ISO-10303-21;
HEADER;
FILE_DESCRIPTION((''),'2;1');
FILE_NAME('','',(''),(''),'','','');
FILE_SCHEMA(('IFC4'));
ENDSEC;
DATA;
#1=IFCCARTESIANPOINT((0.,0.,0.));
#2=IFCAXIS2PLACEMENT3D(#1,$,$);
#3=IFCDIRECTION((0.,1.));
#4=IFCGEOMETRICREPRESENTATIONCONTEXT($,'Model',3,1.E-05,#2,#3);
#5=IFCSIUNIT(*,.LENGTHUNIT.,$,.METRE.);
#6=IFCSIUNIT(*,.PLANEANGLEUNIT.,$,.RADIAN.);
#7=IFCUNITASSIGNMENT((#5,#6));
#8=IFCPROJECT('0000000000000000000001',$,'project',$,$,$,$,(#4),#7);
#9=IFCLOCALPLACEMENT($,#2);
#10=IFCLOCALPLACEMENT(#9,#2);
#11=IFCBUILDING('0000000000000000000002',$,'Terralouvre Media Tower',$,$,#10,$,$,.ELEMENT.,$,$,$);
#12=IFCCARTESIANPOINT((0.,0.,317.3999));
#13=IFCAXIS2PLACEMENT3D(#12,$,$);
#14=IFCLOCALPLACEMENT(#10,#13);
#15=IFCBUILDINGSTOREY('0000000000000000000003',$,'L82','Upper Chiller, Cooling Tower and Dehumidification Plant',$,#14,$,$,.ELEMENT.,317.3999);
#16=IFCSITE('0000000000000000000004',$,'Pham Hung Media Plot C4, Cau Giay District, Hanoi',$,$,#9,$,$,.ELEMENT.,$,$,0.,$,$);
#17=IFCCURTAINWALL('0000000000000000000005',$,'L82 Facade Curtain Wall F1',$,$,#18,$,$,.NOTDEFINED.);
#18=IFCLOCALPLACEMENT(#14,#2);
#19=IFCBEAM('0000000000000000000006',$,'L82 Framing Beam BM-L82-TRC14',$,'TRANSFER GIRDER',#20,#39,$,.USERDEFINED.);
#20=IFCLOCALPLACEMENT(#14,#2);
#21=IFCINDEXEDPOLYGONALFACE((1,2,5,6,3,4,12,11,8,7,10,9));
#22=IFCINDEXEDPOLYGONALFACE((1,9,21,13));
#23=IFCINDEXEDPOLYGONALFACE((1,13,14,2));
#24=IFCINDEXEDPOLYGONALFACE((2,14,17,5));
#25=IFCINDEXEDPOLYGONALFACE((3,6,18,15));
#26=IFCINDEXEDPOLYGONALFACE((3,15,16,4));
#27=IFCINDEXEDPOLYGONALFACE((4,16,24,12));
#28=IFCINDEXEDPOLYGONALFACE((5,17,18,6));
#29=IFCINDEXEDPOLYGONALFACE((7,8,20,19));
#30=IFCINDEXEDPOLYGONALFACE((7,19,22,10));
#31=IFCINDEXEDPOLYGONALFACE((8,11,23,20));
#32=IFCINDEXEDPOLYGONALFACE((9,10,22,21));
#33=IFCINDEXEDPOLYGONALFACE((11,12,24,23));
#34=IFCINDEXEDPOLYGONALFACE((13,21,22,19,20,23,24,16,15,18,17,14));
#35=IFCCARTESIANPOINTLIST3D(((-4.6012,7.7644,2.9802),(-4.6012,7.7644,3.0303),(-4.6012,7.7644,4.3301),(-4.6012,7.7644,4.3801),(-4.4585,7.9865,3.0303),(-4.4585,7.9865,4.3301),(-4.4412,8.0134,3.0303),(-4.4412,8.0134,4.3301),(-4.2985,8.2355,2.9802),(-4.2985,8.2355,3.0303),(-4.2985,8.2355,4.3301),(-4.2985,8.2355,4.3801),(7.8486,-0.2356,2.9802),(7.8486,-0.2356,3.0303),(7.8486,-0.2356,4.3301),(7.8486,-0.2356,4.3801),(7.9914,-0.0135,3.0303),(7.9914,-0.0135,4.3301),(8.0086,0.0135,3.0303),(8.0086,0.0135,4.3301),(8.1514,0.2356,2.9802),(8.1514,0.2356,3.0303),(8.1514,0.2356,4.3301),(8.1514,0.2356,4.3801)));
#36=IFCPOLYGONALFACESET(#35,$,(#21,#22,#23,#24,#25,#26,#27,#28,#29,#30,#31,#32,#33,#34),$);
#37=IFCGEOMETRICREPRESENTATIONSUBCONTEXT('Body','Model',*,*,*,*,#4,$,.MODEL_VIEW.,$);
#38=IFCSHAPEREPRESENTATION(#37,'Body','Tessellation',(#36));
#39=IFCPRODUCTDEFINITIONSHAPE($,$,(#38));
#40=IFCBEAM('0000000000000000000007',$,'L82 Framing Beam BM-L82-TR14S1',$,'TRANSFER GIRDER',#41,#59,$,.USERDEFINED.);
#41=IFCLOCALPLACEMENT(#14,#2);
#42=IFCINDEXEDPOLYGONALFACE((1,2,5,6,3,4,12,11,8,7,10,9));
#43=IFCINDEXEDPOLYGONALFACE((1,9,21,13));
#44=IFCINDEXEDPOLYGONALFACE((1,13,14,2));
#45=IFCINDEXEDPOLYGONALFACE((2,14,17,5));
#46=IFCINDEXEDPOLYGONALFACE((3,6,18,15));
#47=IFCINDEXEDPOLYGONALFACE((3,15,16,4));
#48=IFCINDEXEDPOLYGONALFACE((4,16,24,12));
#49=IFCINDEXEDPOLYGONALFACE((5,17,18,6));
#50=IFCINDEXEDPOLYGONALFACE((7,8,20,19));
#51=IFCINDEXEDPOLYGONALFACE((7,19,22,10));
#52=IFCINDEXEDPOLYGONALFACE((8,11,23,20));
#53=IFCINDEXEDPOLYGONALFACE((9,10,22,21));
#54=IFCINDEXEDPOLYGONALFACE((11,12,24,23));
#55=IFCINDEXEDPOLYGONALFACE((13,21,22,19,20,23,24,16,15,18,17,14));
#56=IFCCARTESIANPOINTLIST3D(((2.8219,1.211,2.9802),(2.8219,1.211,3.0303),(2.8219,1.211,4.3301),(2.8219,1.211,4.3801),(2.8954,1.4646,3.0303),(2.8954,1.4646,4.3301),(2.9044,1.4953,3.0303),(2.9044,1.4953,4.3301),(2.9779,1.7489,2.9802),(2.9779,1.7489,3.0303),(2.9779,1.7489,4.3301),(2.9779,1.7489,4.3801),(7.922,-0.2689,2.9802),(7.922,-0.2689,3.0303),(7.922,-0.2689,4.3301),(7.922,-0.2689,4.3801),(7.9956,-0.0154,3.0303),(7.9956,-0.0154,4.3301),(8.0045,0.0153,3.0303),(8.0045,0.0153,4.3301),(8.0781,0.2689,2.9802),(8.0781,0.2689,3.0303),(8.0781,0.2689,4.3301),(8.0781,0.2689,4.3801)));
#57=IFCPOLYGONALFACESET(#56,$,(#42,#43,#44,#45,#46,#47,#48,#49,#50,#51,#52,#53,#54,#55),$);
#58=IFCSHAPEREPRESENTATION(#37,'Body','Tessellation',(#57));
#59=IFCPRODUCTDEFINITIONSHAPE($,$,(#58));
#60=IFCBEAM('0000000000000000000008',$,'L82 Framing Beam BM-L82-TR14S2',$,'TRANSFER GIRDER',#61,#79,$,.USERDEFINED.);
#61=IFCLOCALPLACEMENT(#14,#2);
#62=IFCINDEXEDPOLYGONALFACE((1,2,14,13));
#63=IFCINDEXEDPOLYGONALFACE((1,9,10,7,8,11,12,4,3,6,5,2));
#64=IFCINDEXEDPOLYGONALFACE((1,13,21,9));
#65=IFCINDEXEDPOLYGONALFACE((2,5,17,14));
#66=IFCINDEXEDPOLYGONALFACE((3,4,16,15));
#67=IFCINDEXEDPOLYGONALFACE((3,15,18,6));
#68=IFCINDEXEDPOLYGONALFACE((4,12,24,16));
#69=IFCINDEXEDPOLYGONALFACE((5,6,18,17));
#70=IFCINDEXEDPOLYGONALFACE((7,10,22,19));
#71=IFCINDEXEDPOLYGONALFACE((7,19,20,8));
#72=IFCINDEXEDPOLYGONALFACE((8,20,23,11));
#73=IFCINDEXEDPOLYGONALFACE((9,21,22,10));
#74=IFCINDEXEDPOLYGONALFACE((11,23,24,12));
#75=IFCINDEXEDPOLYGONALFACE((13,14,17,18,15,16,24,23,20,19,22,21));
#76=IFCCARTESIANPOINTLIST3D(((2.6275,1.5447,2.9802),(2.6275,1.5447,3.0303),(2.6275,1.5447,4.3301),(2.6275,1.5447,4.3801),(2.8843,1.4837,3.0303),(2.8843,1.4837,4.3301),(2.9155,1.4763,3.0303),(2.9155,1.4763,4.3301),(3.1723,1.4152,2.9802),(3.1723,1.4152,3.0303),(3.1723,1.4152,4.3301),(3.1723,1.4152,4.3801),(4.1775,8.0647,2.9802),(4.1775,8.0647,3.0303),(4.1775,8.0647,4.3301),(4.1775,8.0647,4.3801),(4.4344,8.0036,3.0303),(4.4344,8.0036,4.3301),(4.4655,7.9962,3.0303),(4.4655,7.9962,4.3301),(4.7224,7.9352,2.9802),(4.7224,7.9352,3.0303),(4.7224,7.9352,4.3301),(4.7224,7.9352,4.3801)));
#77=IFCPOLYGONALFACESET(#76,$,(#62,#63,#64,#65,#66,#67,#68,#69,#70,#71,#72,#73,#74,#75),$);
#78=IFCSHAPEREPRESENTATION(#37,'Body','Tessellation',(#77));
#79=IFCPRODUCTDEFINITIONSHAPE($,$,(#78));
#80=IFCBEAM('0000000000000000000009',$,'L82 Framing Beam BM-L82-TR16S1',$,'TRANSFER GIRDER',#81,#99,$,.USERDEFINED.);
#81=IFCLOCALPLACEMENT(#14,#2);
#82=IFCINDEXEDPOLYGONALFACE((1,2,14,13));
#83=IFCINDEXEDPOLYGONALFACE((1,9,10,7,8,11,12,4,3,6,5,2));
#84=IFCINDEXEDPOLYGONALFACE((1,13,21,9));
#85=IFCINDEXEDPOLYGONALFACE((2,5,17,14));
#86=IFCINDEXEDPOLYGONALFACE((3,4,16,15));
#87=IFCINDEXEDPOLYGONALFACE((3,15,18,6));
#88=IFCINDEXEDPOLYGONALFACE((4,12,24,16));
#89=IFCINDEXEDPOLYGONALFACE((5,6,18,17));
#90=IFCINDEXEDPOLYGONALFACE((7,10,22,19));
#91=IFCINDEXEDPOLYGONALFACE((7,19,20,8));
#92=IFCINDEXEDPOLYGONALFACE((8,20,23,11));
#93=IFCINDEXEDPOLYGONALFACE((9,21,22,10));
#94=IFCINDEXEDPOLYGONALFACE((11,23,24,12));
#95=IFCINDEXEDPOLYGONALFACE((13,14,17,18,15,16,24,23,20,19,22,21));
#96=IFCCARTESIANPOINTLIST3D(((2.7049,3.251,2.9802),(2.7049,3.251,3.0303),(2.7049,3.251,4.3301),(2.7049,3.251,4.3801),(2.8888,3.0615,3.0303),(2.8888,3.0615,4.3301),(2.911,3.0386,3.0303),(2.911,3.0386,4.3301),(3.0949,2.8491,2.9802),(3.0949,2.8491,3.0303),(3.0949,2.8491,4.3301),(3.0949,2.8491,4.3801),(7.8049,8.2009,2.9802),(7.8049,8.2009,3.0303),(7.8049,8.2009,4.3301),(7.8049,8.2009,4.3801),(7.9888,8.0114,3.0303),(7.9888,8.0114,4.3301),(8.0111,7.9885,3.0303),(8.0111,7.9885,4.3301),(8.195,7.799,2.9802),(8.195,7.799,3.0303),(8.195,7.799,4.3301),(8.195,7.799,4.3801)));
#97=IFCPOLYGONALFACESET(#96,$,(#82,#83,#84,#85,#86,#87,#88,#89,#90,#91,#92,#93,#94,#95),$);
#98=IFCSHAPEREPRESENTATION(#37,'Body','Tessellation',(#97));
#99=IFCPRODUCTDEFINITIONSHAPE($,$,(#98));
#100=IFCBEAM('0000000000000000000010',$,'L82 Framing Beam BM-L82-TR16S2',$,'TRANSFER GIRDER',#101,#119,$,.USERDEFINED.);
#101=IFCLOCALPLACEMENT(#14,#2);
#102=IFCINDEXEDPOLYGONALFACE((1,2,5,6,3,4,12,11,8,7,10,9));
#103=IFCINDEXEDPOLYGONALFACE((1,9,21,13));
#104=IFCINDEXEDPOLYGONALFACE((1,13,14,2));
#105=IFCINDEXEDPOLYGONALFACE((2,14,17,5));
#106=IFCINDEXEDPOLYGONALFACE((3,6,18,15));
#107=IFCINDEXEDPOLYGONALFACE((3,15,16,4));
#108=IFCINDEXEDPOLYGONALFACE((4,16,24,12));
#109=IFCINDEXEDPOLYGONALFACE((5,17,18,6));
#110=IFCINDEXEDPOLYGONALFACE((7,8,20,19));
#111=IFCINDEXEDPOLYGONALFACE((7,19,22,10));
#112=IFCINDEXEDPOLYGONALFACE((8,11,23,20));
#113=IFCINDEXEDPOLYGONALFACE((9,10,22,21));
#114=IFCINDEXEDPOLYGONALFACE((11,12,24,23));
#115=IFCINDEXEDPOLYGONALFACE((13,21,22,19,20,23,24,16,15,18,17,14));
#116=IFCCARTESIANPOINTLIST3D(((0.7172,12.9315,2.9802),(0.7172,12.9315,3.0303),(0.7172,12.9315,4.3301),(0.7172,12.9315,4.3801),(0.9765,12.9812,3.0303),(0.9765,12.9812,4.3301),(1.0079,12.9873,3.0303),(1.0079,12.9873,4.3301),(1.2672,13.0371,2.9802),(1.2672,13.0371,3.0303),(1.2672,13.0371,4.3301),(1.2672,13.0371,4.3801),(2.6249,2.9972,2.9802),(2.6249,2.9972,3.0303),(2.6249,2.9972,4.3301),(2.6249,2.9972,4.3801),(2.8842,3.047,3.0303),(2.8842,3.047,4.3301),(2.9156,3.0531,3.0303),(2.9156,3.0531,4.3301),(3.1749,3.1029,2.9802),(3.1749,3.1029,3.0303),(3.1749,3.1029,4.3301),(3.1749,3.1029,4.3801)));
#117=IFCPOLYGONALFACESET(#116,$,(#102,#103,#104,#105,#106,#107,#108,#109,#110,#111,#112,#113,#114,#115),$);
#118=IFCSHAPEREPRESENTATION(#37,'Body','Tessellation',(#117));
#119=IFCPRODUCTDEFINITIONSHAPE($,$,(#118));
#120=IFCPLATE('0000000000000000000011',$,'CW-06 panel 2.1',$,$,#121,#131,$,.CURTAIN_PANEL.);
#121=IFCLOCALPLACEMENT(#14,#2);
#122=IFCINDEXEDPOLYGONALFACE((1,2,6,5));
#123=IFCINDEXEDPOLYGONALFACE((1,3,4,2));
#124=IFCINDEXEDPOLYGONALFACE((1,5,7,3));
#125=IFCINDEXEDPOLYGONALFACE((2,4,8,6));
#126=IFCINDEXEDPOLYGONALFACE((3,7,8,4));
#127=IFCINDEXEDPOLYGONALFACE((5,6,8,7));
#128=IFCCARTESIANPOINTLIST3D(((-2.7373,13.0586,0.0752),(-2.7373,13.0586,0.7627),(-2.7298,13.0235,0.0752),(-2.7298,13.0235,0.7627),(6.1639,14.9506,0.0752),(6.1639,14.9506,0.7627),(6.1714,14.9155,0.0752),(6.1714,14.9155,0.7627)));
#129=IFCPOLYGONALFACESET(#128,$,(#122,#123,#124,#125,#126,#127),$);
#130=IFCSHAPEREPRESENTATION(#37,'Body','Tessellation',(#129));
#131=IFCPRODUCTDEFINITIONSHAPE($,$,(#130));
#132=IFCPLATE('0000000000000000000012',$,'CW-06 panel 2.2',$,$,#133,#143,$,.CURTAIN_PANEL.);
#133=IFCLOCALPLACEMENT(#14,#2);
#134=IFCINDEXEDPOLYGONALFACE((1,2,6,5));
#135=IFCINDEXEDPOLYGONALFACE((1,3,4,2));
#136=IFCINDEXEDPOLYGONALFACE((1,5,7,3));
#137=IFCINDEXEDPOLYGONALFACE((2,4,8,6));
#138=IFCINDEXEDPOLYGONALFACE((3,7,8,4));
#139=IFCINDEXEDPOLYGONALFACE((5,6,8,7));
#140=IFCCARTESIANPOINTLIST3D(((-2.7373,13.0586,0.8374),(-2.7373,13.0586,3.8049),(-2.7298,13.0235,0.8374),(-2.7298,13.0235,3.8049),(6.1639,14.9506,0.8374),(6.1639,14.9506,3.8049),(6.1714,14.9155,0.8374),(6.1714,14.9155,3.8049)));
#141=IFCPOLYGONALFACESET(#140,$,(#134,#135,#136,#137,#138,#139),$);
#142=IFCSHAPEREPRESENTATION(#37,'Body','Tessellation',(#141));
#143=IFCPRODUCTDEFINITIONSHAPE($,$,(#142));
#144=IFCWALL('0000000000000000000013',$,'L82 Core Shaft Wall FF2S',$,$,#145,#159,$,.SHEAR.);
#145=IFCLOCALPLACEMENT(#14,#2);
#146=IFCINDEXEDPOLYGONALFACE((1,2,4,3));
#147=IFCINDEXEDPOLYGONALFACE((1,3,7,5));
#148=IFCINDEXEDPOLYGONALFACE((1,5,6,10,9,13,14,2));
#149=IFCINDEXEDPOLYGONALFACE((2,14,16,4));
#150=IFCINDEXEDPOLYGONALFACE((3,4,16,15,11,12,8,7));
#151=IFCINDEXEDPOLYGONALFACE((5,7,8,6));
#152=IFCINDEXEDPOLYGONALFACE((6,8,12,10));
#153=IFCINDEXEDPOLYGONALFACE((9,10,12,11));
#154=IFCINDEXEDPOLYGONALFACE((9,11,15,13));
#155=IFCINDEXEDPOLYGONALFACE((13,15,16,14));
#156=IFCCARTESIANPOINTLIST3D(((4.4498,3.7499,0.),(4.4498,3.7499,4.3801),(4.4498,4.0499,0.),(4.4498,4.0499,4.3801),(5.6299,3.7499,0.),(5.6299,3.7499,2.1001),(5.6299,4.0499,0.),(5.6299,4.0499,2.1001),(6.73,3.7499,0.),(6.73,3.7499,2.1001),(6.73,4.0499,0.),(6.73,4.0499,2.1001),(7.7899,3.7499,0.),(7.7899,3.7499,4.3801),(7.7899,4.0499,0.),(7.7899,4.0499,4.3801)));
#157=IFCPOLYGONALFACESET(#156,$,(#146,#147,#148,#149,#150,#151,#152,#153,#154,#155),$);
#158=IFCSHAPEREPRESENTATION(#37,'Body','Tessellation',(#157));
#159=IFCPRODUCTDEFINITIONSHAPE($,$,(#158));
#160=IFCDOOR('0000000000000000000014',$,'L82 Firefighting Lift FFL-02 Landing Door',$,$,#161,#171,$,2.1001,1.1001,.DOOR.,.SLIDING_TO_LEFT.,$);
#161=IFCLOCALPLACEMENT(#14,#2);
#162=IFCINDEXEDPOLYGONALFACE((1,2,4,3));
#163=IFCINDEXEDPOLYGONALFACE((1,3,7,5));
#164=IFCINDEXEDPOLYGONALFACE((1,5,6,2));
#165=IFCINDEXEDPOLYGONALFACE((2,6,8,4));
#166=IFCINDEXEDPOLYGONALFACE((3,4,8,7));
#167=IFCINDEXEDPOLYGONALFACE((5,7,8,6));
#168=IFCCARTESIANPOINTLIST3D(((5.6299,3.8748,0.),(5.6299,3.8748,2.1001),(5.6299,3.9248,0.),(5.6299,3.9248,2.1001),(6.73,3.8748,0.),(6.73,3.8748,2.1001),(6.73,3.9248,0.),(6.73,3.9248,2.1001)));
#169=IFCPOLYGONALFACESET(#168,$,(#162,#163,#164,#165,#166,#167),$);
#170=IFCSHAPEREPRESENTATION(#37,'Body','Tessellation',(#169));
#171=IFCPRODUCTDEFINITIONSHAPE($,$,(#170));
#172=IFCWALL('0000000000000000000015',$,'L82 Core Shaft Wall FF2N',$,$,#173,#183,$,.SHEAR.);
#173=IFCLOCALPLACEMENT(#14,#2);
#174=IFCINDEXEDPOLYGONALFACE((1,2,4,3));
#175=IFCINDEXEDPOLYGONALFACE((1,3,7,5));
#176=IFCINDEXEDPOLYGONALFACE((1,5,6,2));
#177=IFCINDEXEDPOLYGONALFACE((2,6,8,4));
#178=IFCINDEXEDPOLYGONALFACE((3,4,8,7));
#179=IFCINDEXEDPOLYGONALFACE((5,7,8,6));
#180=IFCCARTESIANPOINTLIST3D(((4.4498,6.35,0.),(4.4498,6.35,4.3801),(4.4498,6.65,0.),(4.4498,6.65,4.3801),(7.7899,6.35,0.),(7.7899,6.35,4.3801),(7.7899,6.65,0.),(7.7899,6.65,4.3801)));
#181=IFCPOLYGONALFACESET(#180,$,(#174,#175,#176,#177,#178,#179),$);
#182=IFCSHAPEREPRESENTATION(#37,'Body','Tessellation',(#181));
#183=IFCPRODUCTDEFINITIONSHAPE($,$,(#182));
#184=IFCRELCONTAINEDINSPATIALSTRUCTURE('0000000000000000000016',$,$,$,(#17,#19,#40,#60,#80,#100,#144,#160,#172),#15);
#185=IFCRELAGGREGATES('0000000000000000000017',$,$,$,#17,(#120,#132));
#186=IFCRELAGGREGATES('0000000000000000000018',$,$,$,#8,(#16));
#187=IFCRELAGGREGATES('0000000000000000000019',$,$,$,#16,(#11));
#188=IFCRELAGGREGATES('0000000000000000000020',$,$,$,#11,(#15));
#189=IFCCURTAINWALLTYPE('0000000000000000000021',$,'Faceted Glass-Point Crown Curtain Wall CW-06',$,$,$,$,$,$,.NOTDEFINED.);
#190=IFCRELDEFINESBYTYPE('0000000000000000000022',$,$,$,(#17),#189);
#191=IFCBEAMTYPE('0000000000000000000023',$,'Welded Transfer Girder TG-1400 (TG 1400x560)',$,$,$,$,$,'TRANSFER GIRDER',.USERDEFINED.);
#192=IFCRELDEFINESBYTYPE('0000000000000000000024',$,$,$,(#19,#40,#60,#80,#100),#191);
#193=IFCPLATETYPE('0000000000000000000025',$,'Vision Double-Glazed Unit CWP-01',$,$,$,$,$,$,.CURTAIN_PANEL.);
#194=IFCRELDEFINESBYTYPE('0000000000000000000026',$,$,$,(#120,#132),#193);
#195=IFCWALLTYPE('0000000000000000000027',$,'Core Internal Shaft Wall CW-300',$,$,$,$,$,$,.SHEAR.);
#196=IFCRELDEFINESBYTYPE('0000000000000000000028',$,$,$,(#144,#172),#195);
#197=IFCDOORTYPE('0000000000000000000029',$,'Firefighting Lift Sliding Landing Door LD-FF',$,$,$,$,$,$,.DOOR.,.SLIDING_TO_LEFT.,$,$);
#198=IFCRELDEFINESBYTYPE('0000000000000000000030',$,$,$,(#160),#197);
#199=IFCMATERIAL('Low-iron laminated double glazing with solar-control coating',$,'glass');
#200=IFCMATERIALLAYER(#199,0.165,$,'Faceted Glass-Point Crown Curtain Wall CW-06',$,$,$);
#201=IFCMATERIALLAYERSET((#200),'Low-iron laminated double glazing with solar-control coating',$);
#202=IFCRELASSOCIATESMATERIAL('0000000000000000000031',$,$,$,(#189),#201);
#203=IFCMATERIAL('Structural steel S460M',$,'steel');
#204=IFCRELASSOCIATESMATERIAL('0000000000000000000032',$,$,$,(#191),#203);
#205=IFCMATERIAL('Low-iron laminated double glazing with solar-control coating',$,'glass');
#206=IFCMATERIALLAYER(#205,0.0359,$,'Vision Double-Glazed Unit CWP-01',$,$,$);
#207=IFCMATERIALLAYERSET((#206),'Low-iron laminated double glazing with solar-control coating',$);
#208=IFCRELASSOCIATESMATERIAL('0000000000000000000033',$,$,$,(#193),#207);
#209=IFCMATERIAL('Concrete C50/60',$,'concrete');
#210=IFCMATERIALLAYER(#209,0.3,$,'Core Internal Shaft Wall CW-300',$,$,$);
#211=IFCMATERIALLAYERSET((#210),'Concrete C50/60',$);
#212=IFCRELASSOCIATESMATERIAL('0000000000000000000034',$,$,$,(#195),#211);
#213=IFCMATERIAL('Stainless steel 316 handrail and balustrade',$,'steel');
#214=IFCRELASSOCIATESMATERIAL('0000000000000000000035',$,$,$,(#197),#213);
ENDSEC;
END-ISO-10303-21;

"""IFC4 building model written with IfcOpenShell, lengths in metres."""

from ifc_helpers import new_model, si_unit, direction, frame, frame_2d, origin, origin_2d, place, context, subcontext, project, spatial, rectangle, i_section, extrude, material, layer, layer_set, material_profile, profile_set, type_object, element, fill, aggregate, save


model = new_model("IFC4")

# Units and contexts
model_context = context("Model", 3, precision=1e-05, world=origin(), true_north=direction((0.0, 1.0)))
body_context = subcontext(model_context, "Body", "Model", "MODEL_VIEW")
ifc_project = project(units=[si_unit("LENGTHUNIT", "METRE"), si_unit("PLANEANGLEUNIT", "RADIAN")], contexts=[model_context])

# Site, building, storey
site_placement = place(None, origin())
site = spatial("IfcSite", under=ifc_project, at=site_placement, Name="Pham Hung Media Plot C4, Cau Giay District, Hanoi", CompositionType="ELEMENT", RefElevation=0.0)
building_placement = place(site_placement, origin())
building = spatial("IfcBuilding", under=site, at=building_placement, Name="Terralouvre Media Tower", CompositionType="ELEMENT")
storey_placement = place(building_placement, frame((0.0, 0.0, 317.3999)))
storey = spatial("IfcBuildingStorey", under=building, at=storey_placement, Name="L82", Description="Upper Chiller, Cooling Tower and Dehumidification Plant", CompositionType="ELEMENT", Elevation=317.3999)

# Curtain wall
ifc_material_1 = material(Name="Low-iron laminated double glazing with solar-control coating", Category="glass")
ifc_layer_1 = layer(ifc_material_1, 0.165, Name="Faceted Glass-Point Crown Curtain Wall CW-06")
ifc_layer_set_1 = layer_set([ifc_layer_1], Name="Low-iron laminated double glazing with solar-control coating")
curtain_wall_type = type_object("IfcCurtainWallType", Name="Faceted Glass-Point Crown Curtain Wall CW-06", PredefinedType="NOTDEFINED", material=ifc_layer_set_1)
curtain_wall_placement = place(storey_placement, origin())
curtain_wall = element("IfcCurtainWall", 1, at=curtain_wall_placement, inside=storey, type_object=curtain_wall_type, Name="L82 Facade Curtain Wall F1", PredefinedType="NOTDEFINED")

# Beams
ifc_material_2 = material(Name="Structural steel S460M", Category="steel")
ifc_material_profile_1 = material_profile(ifc_material_2, i_section(OverallWidth=0.5601, OverallDepth=1.3999, WebThickness=0.032, FlangeThickness=0.05, at=origin_2d()), Name="TG 1400x560")
ifc_profile_set_1 = profile_set([ifc_material_profile_1], Name="Structural steel S460M")
beam_type_1 = type_object("IfcBeamType", Name="Welded Transfer Girder TG-1400 (TG 1400x560)", ElementType="TRANSFER GIRDER", PredefinedType="USERDEFINED", material=ifc_profile_set_1)
beam_1_placement = place(storey_placement, frame((8.0, 0.0, 3.6802), z_axis=(-0.841287, 0.540588, 0.0), x_axis=(-0.540588, -0.841287, 0.0)))
element("IfcBeam", 2, at=beam_1_placement, inside=storey, type_object=beam_type_1, Name="L82 Framing Beam BM-L82-TRC14", ObjectType="TRANSFER GIRDER", PredefinedType="USERDEFINED", context=body_context, shape_type="SweptSolid", body=[
    extrude(i_section(OverallWidth=0.5601, OverallDepth=1.3999, WebThickness=0.032, FlangeThickness=0.05, at=origin_2d()), origin(), (0.0, 0.0, 1.0), 14.7986),
])
beam_2_placement = place(storey_placement, frame((2.8999, 1.48, 3.6802), z_axis=(0.960381, -0.27869, 0.0), x_axis=(0.27869, 0.960381, 0.0)))
element("IfcBeam", 3, at=beam_2_placement, inside=storey, type_object=beam_type_1, Name="L82 Framing Beam BM-L82-TR14S1", ObjectType="TRANSFER GIRDER", PredefinedType="USERDEFINED", context=body_context, shape_type="SweptSolid", body=[
    extrude(i_section(OverallWidth=0.5601, OverallDepth=1.3999, WebThickness=0.032, FlangeThickness=0.05, at=origin_2d()), origin(), (0.0, 0.0, 1.0), 5.3105),
])
beam_3_placement = place(storey_placement, frame((2.8999, 1.48, 3.6802), z_axis=(0.231291, 0.972885, 0.0), x_axis=(-0.972885, 0.231291, 0.0)))
element("IfcBeam", 4, at=beam_3_placement, inside=storey, type_object=beam_type_1, Name="L82 Framing Beam BM-L82-TR14S2", ObjectType="TRANSFER GIRDER", PredefinedType="USERDEFINED", context=body_context, shape_type="SweptSolid", body=[
    extrude(i_section(OverallWidth=0.5601, OverallDepth=1.3999, WebThickness=0.032, FlangeThickness=0.05, at=origin_2d()), origin(), (0.0, 0.0, 1.0), 6.7017),
])
beam_4_placement = place(storey_placement, frame((2.8999, 3.05, 3.6802), z_axis=(0.717591, 0.696465, 0.0), x_axis=(-0.696465, 0.717591, 0.0)))
element("IfcBeam", 5, at=beam_4_placement, inside=storey, type_object=beam_type_1, Name="L82 Framing Beam BM-L82-TR16S1", ObjectType="TRANSFER GIRDER", PredefinedType="USERDEFINED", context=body_context, shape_type="SweptSolid", body=[
    extrude(i_section(OverallWidth=0.5601, OverallDepth=1.3999, WebThickness=0.032, FlangeThickness=0.05, at=origin_2d()), origin(), (0.0, 0.0, 1.0), 7.1072),
])
beam_5_placement = place(storey_placement, frame((2.8999, 3.05, 3.6802), z_axis=(-0.188587, 0.982057, 0.0), x_axis=(-0.982057, -0.188587, 0.0)))
element("IfcBeam", 6, at=beam_5_placement, inside=storey, type_object=beam_type_1, Name="L82 Framing Beam BM-L82-TR16S2", ObjectType="TRANSFER GIRDER", PredefinedType="USERDEFINED", context=body_context, shape_type="SweptSolid", body=[
    extrude(i_section(OverallWidth=0.5601, OverallDepth=1.3999, WebThickness=0.032, FlangeThickness=0.05, at=origin_2d()), origin(), (0.0, 0.0, 1.0), 10.1157),
])

# Plates
ifc_material_3 = material(Name="Low-iron laminated double glazing with solar-control coating", Category="glass")
ifc_layer_2 = layer(ifc_material_3, 0.0359, Name="Vision Double-Glazed Unit CWP-01")
ifc_layer_set_2 = layer_set([ifc_layer_2], Name="Low-iron laminated double glazing with solar-control coating")
plate_type = type_object("IfcPlateType", Name="Vision Double-Glazed Unit CWP-01", PredefinedType="CURTAIN_PANEL", material=ifc_layer_set_2)
plate_1_placement = place(storey_placement, frame((1.717, 13.9871, 0.0752), z_axis=(0.0, 0.0, 1.0), x_axis=(-0.978148, -0.207912, 0.0)))
plate_1 = element("IfcPlate", 7, at=plate_1_placement, type_object=plate_type, Name="CW-06 panel 2.1", PredefinedType="CURTAIN_PANEL", context=body_context, shape_type="SweptSolid", body=[
    extrude(rectangle(XDim=9.1001, YDim=0.0359, at=origin_2d()), origin(), (0.0, 0.0, 1.0), 0.6875),
])
plate_2_placement = place(storey_placement, frame((1.717, 13.9871, 0.8374), z_axis=(0.0, 0.0, 1.0), x_axis=(-0.978148, -0.207912, 0.0)))
plate_2 = element("IfcPlate", 8, at=plate_2_placement, type_object=plate_type, Name="CW-06 panel 2.2", PredefinedType="CURTAIN_PANEL", context=body_context, shape_type="SweptSolid", body=[
    extrude(rectangle(XDim=9.1001, YDim=0.0359, at=origin_2d()), origin(), (0.0, 0.0, 1.0), 2.9675),
])
aggregate(curtain_wall, [plate_1, plate_2])

# Wall, opening, door
ifc_material_4 = material(Name="Concrete C50/60", Category="concrete")
ifc_layer_3 = layer(ifc_material_4, 0.3, Name="Core Internal Shaft Wall CW-300")
ifc_layer_set_3 = layer_set([ifc_layer_3], Name="Concrete C50/60")
wall_type_1 = type_object("IfcWallType", Name="Core Internal Shaft Wall CW-300", PredefinedType="SHEAR", material=ifc_layer_set_3)
wall_1_placement = place(storey_placement, frame((4.45, 3.8999, 0.0), z_axis=(0.0, 0.0, 1.0), x_axis=(1.0, 0.0, 0.0)))
wall_1 = element("IfcWall", 9, at=wall_1_placement, inside=storey, type_object=wall_type_1, Name="L82 Core Shaft Wall FF2S", PredefinedType="SHEAR", context=body_context, shape_type="SweptSolid", body=[
    extrude(rectangle(XDim=3.3401, YDim=0.3, at=frame_2d((1.6699, 0.0))), origin(), (0.0, 0.0, 1.0), 4.3801),
])
opening_1_placement = place(wall_1_placement, frame((1.1799, 0.0, 0.0)))
opening_1 = element("IfcOpeningElement", 10, at=opening_1_placement, cuts=wall_1, PredefinedType="OPENING", context=body_context, shape_type="SweptSolid", body=[
    extrude(rectangle(XDim=1.1001, YDim=2.1001, at=frame_2d((0.55, 1.05))), frame((0.0, 0.1599, 0.0), z_axis=(0.0, -1.0, 0.0), x_axis=(1.0, 0.0, 0.0)), (0.0, 0.0, 1.0), 0.3201),
])
ifc_material_5 = material(Name="Stainless steel 316 handrail and balustrade", Category="steel")
door_type_1 = type_object("IfcDoorType", Name="Firefighting Lift Sliding Landing Door LD-FF", OperationType="SLIDING_TO_LEFT", PredefinedType="DOOR", material=ifc_material_5)
door_1_placement = place(opening_1_placement, origin())
door_1 = element("IfcDoor", 11, at=door_1_placement, inside=storey, type_object=door_type_1, Name="L82 Firefighting Lift FFL-02 Landing Door", OperationType="SLIDING_TO_LEFT", OverallHeight=2.1001, OverallWidth=1.1001, PredefinedType="DOOR", context=body_context, shape_type="SweptSolid", body=[
    extrude(rectangle(XDim=1.1001, YDim=2.1001, at=frame_2d((0.55, 1.05))), frame((0.0, 0.0249, 0.0), z_axis=(0.0, -1.0, 0.0), x_axis=(1.0, 0.0, 0.0)), (0.0, 0.0, 1.0), 0.05),
])
fill(opening_1, door_1)

# Wall
wall_2_placement = place(storey_placement, frame((4.45, 6.5, 0.0), z_axis=(0.0, 0.0, 1.0), x_axis=(1.0, 0.0, 0.0)))
element("IfcWall", 12, at=wall_2_placement, inside=storey, type_object=wall_type_1, Name="L82 Core Shaft Wall FF2N", PredefinedType="SHEAR", context=body_context, shape_type="SweptSolid", body=[
    extrude(rectangle(XDim=3.3401, YDim=0.3, at=frame_2d((1.6699, 0.0))), origin(), (0.0, 0.0, 1.0), 4.3801),
])

save(model, "model.ifc")
